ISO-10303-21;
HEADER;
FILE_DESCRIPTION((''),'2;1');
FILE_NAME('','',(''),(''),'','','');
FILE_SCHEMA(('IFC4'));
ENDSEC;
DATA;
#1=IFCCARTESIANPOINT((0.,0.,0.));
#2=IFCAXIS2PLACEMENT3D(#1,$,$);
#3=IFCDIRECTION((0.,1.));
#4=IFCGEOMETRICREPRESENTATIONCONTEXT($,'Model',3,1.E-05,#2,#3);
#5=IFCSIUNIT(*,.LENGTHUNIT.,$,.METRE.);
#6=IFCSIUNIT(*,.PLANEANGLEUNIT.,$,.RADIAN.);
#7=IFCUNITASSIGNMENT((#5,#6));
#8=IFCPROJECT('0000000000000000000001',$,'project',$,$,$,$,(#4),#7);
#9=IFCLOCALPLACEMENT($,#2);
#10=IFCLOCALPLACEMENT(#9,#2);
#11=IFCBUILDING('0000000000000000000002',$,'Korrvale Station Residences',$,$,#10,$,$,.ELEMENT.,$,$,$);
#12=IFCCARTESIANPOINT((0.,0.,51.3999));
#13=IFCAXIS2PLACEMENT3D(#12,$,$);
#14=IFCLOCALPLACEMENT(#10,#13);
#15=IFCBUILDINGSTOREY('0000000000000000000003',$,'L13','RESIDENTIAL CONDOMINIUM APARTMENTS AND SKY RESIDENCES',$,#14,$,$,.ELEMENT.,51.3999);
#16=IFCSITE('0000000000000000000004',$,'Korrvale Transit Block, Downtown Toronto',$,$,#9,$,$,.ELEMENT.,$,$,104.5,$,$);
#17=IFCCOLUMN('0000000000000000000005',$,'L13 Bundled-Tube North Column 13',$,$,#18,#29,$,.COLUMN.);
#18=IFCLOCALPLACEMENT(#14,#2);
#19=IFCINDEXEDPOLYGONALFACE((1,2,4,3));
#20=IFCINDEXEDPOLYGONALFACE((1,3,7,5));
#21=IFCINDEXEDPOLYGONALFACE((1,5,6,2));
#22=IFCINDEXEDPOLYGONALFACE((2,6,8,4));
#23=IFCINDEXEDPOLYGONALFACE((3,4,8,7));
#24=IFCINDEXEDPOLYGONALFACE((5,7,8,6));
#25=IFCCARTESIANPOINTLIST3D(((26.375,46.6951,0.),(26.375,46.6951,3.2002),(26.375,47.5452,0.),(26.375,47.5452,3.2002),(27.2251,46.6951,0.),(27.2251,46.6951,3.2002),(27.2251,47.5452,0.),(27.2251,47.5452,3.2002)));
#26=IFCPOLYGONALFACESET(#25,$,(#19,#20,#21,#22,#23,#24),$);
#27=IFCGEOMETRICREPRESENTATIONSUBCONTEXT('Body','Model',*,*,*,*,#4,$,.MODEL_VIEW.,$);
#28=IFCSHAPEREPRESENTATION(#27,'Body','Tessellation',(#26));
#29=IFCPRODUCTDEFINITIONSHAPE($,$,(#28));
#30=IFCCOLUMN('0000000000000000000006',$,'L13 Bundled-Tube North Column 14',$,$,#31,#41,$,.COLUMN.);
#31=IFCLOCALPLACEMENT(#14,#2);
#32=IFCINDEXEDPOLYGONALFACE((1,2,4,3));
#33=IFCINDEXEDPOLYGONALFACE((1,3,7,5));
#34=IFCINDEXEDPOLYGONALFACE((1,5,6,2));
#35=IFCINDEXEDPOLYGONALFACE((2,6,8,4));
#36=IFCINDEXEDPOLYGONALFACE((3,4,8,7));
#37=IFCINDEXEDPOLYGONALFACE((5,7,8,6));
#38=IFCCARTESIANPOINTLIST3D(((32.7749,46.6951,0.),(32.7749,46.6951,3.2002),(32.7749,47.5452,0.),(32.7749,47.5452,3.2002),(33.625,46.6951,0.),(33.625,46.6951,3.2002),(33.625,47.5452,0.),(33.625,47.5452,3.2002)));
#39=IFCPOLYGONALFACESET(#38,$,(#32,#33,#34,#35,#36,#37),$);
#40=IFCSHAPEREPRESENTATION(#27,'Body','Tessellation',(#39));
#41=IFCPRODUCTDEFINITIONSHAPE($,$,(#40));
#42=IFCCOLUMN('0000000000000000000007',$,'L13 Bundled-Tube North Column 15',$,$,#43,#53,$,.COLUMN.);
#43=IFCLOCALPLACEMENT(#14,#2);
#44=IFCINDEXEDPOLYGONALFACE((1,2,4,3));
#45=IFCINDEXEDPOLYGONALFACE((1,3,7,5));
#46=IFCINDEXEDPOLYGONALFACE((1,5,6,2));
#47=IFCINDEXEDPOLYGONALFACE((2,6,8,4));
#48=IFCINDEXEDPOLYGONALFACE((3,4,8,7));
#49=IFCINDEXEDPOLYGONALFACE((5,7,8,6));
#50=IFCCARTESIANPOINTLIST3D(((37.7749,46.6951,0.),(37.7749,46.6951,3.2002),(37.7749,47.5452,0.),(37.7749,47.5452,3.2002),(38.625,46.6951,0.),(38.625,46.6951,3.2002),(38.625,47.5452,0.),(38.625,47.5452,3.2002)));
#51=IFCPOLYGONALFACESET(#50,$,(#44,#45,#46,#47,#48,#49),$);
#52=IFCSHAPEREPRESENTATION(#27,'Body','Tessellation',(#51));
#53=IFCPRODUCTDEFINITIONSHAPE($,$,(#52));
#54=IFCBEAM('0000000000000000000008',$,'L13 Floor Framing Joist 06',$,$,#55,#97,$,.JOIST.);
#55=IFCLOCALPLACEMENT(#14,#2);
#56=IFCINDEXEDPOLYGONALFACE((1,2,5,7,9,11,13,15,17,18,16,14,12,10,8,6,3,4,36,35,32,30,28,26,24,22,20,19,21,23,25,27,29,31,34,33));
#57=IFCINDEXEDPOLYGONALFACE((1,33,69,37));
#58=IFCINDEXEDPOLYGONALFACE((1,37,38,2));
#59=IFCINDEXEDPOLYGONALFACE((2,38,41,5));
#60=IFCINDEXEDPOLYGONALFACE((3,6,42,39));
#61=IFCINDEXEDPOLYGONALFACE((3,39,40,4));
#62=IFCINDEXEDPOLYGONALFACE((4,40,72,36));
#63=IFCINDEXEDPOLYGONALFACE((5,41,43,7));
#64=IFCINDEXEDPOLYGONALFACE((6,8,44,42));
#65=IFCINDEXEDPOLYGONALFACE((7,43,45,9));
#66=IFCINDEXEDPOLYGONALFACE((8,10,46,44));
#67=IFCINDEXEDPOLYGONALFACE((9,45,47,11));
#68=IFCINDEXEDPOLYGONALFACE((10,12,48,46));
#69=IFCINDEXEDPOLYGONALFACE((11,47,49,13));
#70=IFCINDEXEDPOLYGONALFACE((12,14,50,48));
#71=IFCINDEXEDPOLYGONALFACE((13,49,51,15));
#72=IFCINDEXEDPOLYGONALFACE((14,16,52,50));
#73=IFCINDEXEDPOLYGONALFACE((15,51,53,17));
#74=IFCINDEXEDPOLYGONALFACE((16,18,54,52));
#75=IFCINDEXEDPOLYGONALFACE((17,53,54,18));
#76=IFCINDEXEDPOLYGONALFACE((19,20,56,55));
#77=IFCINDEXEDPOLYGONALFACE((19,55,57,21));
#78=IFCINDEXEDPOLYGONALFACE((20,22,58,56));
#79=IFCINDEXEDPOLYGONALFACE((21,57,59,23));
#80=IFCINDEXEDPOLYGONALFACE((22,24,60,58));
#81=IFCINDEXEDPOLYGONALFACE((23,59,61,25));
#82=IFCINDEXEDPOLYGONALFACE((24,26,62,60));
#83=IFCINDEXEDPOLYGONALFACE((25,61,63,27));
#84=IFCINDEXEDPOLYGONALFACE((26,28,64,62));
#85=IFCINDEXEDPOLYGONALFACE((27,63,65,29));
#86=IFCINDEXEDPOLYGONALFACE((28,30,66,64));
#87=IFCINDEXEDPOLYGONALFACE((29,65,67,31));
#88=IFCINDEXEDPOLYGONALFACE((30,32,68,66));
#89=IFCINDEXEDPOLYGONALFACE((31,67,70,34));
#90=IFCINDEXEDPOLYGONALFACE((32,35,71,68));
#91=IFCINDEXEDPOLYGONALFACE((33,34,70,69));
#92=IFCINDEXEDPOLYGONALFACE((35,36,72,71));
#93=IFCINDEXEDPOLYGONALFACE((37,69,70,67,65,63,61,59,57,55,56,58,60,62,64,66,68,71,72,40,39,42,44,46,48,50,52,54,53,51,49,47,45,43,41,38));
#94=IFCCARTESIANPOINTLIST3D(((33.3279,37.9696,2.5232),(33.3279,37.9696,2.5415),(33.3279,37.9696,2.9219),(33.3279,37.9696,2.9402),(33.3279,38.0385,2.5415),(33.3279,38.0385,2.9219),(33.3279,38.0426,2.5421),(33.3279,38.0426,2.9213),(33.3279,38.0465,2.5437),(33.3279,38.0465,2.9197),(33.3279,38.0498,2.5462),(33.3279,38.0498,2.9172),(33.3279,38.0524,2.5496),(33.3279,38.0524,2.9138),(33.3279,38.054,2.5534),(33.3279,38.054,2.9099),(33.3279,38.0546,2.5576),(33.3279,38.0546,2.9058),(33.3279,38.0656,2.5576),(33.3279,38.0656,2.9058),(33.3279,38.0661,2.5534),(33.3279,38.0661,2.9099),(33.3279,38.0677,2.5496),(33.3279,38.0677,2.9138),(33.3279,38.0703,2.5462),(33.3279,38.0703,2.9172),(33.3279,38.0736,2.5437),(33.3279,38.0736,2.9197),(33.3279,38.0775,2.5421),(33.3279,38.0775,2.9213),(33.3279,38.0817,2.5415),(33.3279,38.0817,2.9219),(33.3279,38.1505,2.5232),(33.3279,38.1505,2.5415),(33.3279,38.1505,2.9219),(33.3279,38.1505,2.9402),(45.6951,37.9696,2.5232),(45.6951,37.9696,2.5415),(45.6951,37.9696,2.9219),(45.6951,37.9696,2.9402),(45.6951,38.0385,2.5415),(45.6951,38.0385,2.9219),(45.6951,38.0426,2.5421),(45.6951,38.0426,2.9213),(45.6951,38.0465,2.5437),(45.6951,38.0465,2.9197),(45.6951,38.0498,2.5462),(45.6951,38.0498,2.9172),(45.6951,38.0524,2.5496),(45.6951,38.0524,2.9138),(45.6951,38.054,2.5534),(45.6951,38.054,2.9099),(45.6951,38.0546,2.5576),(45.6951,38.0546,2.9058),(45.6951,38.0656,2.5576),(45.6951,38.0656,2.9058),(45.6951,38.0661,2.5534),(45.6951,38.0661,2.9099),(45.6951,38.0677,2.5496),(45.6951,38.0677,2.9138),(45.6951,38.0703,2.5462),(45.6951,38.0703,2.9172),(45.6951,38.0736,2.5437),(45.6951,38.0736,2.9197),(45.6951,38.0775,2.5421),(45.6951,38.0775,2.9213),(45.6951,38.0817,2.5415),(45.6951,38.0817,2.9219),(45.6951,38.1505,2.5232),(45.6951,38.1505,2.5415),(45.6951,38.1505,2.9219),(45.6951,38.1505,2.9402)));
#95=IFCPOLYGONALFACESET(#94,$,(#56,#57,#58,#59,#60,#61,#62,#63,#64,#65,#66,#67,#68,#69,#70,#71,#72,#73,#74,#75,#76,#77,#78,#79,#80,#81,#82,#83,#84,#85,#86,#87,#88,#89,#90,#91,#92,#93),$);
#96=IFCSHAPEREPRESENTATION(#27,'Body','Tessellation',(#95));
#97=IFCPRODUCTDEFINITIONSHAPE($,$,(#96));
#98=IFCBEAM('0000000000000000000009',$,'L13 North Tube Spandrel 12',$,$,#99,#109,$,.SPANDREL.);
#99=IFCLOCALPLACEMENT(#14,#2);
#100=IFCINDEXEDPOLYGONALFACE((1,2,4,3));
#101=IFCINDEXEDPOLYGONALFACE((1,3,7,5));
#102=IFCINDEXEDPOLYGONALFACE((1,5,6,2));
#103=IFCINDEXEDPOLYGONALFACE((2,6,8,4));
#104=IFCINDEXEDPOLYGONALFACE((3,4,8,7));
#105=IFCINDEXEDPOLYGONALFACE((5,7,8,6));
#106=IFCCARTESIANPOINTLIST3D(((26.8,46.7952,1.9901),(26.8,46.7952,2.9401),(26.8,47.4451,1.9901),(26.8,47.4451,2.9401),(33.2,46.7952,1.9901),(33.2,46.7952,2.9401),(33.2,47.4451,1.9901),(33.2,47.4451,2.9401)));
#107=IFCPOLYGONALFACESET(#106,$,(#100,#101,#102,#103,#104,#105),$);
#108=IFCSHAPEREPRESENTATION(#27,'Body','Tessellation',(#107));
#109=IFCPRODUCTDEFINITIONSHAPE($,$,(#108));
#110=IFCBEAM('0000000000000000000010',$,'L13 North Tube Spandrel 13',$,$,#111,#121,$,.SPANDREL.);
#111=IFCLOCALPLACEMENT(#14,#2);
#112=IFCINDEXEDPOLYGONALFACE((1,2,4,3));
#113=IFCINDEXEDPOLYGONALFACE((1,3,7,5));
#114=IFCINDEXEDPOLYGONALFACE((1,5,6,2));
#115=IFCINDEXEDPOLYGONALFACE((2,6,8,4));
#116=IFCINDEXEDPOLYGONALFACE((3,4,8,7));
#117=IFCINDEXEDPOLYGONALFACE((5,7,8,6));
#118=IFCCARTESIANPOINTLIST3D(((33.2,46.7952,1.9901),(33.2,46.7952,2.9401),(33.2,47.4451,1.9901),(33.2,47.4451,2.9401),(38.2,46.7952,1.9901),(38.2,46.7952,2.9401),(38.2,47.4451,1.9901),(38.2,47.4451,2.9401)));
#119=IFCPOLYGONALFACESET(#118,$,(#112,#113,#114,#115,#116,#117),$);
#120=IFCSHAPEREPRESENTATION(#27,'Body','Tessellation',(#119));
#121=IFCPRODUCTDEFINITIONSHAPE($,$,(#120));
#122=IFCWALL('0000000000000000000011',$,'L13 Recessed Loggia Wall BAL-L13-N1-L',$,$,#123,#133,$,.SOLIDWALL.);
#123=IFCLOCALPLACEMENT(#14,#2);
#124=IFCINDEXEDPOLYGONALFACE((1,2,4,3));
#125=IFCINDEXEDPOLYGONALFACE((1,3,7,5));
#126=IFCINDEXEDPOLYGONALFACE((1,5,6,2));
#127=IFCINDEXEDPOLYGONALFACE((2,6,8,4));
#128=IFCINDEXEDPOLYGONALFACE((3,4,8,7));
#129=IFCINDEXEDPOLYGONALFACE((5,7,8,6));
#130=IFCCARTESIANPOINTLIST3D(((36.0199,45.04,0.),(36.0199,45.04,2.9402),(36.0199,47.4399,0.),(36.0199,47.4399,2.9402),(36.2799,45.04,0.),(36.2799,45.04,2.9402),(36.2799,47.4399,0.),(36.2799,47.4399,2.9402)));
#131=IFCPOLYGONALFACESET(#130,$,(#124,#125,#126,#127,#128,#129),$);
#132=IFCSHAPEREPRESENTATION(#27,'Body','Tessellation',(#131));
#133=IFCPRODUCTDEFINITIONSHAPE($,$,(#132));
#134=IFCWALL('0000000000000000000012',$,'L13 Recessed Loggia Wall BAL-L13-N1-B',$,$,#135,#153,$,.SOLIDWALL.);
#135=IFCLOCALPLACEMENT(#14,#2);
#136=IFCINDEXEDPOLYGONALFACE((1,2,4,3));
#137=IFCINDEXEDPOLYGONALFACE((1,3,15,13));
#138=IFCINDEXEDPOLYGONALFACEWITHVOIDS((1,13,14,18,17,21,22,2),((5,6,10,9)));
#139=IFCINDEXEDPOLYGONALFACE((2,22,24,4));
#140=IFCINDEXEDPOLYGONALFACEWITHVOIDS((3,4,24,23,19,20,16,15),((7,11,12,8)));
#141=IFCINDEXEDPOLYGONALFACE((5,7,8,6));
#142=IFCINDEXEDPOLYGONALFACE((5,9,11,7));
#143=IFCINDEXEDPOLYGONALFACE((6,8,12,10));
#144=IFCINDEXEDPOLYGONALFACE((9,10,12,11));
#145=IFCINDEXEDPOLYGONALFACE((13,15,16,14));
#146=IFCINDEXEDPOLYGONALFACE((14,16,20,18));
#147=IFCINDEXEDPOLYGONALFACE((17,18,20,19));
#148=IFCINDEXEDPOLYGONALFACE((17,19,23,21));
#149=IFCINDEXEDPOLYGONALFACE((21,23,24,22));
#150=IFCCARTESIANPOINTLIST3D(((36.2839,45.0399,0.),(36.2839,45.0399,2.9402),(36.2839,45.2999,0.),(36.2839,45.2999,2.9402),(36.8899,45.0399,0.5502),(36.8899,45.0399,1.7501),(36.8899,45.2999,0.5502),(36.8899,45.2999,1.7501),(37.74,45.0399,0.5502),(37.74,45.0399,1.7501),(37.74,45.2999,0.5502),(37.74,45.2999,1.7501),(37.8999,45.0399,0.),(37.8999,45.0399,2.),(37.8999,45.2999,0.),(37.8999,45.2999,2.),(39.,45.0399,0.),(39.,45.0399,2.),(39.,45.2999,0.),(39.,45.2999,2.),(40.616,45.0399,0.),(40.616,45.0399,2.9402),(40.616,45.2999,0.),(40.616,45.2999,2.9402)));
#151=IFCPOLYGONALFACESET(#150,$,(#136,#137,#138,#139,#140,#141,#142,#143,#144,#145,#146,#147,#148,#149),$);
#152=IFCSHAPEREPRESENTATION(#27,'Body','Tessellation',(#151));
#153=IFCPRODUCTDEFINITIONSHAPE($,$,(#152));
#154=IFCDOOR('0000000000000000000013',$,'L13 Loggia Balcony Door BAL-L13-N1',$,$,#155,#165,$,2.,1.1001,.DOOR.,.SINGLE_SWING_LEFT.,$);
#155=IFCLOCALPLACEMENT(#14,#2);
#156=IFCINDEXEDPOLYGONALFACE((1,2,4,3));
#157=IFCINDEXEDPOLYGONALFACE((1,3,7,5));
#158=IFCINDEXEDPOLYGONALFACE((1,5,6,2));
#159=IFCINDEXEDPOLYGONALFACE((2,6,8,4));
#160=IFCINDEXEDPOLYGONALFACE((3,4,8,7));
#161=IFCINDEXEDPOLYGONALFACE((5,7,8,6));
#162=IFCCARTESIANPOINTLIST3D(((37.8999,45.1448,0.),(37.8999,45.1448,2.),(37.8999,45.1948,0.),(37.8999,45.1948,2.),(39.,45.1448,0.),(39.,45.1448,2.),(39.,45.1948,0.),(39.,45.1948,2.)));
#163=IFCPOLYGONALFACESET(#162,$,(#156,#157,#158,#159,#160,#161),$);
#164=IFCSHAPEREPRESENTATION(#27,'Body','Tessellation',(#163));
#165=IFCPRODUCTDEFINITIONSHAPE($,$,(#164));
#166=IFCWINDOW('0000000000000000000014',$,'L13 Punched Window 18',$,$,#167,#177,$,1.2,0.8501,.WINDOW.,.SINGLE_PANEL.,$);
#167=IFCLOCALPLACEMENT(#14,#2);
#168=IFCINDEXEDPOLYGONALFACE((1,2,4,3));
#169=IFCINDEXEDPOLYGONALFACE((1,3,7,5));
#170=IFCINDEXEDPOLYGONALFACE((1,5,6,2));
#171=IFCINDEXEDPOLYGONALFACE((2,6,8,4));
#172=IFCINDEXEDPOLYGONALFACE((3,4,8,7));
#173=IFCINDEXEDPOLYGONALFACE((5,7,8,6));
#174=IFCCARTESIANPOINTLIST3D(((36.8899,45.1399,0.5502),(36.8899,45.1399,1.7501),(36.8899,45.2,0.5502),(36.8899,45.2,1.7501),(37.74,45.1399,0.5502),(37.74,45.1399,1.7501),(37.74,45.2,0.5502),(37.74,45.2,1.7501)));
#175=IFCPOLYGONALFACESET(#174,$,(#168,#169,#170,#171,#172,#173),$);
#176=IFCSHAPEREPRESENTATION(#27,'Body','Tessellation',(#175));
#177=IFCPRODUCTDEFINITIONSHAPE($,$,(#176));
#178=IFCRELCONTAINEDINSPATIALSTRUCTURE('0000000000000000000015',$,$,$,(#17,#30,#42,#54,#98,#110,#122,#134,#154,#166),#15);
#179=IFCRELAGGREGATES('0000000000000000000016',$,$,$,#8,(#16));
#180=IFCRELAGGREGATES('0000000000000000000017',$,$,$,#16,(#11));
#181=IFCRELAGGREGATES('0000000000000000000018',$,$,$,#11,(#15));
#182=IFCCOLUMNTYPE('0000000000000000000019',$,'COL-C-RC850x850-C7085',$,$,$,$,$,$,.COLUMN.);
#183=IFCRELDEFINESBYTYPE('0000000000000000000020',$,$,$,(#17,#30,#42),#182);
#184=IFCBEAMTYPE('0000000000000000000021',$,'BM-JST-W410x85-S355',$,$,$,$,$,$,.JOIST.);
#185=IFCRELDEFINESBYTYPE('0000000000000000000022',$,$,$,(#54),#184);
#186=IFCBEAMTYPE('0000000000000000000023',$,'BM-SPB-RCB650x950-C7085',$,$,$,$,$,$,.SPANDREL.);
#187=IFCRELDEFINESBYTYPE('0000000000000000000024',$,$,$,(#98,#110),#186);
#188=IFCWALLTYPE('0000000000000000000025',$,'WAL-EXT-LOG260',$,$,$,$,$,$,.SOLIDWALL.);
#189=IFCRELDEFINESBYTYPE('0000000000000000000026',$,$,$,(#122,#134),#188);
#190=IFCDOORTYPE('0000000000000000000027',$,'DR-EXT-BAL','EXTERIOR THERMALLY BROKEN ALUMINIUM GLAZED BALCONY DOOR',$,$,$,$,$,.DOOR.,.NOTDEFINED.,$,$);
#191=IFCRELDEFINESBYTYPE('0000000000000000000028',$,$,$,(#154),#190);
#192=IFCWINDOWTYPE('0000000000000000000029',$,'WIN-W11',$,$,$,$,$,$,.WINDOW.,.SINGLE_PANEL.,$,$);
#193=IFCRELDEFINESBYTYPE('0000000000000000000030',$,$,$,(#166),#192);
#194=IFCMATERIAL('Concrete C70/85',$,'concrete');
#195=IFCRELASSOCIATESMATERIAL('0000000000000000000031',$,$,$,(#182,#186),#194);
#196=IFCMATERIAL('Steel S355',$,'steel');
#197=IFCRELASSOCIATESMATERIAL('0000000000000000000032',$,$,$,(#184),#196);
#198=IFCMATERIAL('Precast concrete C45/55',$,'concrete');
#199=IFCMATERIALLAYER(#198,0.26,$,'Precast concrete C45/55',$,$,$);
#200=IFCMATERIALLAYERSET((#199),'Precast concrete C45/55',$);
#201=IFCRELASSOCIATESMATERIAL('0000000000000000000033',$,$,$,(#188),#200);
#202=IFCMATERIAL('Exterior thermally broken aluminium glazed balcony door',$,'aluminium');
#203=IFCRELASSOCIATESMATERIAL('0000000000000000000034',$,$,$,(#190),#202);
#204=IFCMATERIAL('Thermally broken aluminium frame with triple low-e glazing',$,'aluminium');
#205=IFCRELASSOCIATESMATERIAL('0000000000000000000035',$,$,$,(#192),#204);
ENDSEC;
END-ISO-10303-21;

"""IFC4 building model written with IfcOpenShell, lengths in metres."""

from ifc_helpers import new_model, si_unit, direction, frame, frame_2d, origin, origin_2d, place, context, subcontext, project, spatial, rectangle, i_section, extrude, material, layer, layer_set, material_profile, profile_set, type_object, element, fill, save


model = new_model("IFC4")

# Units and contexts
model_context = context("Model", 3, precision=1e-05, world=origin(), true_north=direction((0.0, 1.0)))
body_context = subcontext(model_context, "Body", "Model", "MODEL_VIEW")
ifc_project = project(units=[si_unit("LENGTHUNIT", "METRE"), si_unit("PLANEANGLEUNIT", "RADIAN")], contexts=[model_context])

# Site, building, storey
site_placement = place(None, origin())
site = spatial("IfcSite", under=ifc_project, at=site_placement, Name="Korrvale Transit Block, Downtown Toronto", CompositionType="ELEMENT", RefElevation=104.5)
building_placement = place(site_placement, origin())
building = spatial("IfcBuilding", under=site, at=building_placement, Name="Korrvale Station Residences", CompositionType="ELEMENT")
storey_placement = place(building_placement, frame((0.0, 0.0, 51.3999)))
storey = spatial("IfcBuildingStorey", under=building, at=storey_placement, Name="L13", Description="RESIDENTIAL CONDOMINIUM APARTMENTS AND SKY RESIDENCES", CompositionType="ELEMENT", Elevation=51.3999)

# Columns
ifc_material_1 = material(Name="Concrete C70/85", Category="concrete")
ifc_material_profile_1 = material_profile(ifc_material_1, rectangle(XDim=0.8501, YDim=0.8501, at=origin_2d()), Name="RC850x850")
ifc_profile_set_1 = profile_set([ifc_material_profile_1], Name="Concrete C70/85")
column_type = type_object("IfcColumnType", Name="COL-C-RC850x850-C7085", PredefinedType="COLUMN", material=ifc_profile_set_1)
for number, where, z_axis, x_axis, name in (
    (1, (26.8, 47.1201, 0.0), (0.0, 0.0, 1.0), (1.0, 0.0, 0.0), "L13 Bundled-Tube North Column 13"),
    (2, (33.2, 47.1201, 0.0), (0.0, 0.0, 1.0), (1.0, 0.0, 0.0), "L13 Bundled-Tube North Column 14"),
    (3, (38.2, 47.1201, 0.0), (0.0, 0.0, 1.0), (1.0, 0.0, 0.0), "L13 Bundled-Tube North Column 15"),
):
    element("IfcColumn", number, at=place(storey_placement, frame(where, z_axis=z_axis, x_axis=x_axis)), inside=storey, type_object=column_type, Name=name, PredefinedType="COLUMN", context=body_context, shape_type="SweptSolid", body=[
        extrude(rectangle(XDim=0.8501, YDim=0.8501, at=origin_2d()), origin(), (0.0, 0.0, 1.0), 3.2002),
    ])

# Beams
ifc_material_2 = material(Name="Steel S355", Category="steel")
ifc_material_profile_2 = material_profile(ifc_material_2, i_section(OverallWidth=0.1809, OverallDepth=0.417, WebThickness=0.011, FlangeThickness=0.0183, FilletRadius=0.0161, at=origin_2d()), Name="W410x85")
ifc_profile_set_2 = profile_set([ifc_material_profile_2], Name="Steel S355")
beam_type_1 = type_object("IfcBeamType", Name="BM-JST-W410x85-S355", PredefinedType="JOIST", material=ifc_profile_set_2)
beam_1_placement = place(storey_placement, frame((33.3279, 38.0601, 2.7317), z_axis=(1.0, 0.0, 0.0), x_axis=(0.0, 1.0, 0.0)))
element("IfcBeam", 4, at=beam_1_placement, inside=storey, type_object=beam_type_1, Name="L13 Floor Framing Joist 06", PredefinedType="JOIST", context=body_context, shape_type="SweptSolid", body=[
    extrude(i_section(OverallWidth=0.1809, OverallDepth=0.417, WebThickness=0.011, FlangeThickness=0.0183, FilletRadius=0.0161, at=origin_2d()), origin(), (0.0, 0.0, 1.0), 12.3672),
])
ifc_material_profile_3 = material_profile(ifc_material_1, rectangle(XDim=0.6499, YDim=0.95, at=origin_2d()), Name="RCB650x950")
ifc_profile_set_3 = profile_set([ifc_material_profile_3], Name="Concrete C70/85")
beam_type_2 = type_object("IfcBeamType", Name="BM-SPB-RCB650x950-C7085", PredefinedType="SPANDREL", material=ifc_profile_set_3)
beam_2_placement = place(storey_placement, frame((26.8, 47.1201, 2.4651), z_axis=(1.0, 0.0, 0.0), x_axis=(0.0, 1.0, 0.0)))
element("IfcBeam", 5, at=beam_2_placement, inside=storey, type_object=beam_type_2, Name="L13 North Tube Spandrel 12", PredefinedType="SPANDREL", context=body_context, shape_type="SweptSolid", body=[
    extrude(rectangle(XDim=0.6499, YDim=0.95, at=origin_2d()), origin(), (0.0, 0.0, 1.0), 6.3999),
])
beam_3_placement = place(storey_placement, frame((33.2, 47.1201, 2.4651), z_axis=(1.0, 0.0, 0.0), x_axis=(0.0, 1.0, 0.0)))
element("IfcBeam", 6, at=beam_3_placement, inside=storey, type_object=beam_type_2, Name="L13 North Tube Spandrel 13", PredefinedType="SPANDREL", context=body_context, shape_type="SweptSolid", body=[
    extrude(rectangle(XDim=0.6499, YDim=0.95, at=origin_2d()), origin(), (0.0, 0.0, 1.0), 5.0),
])

# Wall
ifc_material_3 = material(Name="Precast concrete C45/55", Category="concrete")
ifc_layer_1 = layer(ifc_material_3, 0.26, Name="Precast concrete C45/55")
ifc_layer_set_1 = layer_set([ifc_layer_1], Name="Precast concrete C45/55")
wall_type = type_object("IfcWallType", Name="WAL-EXT-LOG260", PredefinedType="SOLIDWALL", material=ifc_layer_set_1)
wall_1_placement = place(storey_placement, frame((36.1499, 47.4399, 0.0), z_axis=(0.0, 0.0, 1.0), x_axis=(0.0, -1.0, 0.0)))
element("IfcWall", 7, at=wall_1_placement, inside=storey, type_object=wall_type, Name="L13 Recessed Loggia Wall BAL-L13-N1-L", PredefinedType="SOLIDWALL", context=body_context, shape_type="SweptSolid", body=[
    extrude(rectangle(XDim=2.3999, YDim=0.26, at=frame_2d((1.2, 0.0))), origin(), (0.0, 0.0, 1.0), 2.9402),
])

# Wall, openings, door, window
wall_2_placement = place(storey_placement, frame((36.2839, 45.1699, 0.0), z_axis=(0.0, 0.0, 1.0), x_axis=(1.0, 0.0, 0.0)))
wall_2 = element("IfcWall", 8, at=wall_2_placement, inside=storey, type_object=wall_type, Name="L13 Recessed Loggia Wall BAL-L13-N1-B", PredefinedType="SOLIDWALL", context=body_context, shape_type="SweptSolid", body=[
    extrude(rectangle(XDim=4.332, YDim=0.26, at=frame_2d((2.166, 0.0))), origin(), (0.0, 0.0, 1.0), 2.9402),
])
opening_1_placement = place(wall_2_placement, frame((1.616, 0.0, 0.0)))
opening_1 = element("IfcOpeningElement", 9, at=opening_1_placement, cuts=wall_2, PredefinedType="OPENING", context=body_context, shape_type="SweptSolid", body=[
    extrude(rectangle(XDim=1.1001, YDim=2.0, at=frame_2d((0.55, 1.0))), frame((0.0, 0.1401, 0.0), z_axis=(0.0, -1.0, 0.0), x_axis=(1.0, 0.0, 0.0)), (0.0, 0.0, 1.0), 0.28),
])
opening_2_placement = place(wall_2_placement, frame((0.606, 0.0, 0.55)))
opening_2 = element("IfcOpeningElement", 10, at=opening_2_placement, cuts=wall_2, PredefinedType="OPENING", context=body_context, shape_type="SweptSolid", body=[
    extrude(rectangle(XDim=0.8501, YDim=1.2, at=frame_2d((0.425, 0.6001))), frame((0.0, 0.1401, 0.0), z_axis=(0.0, -1.0, 0.0), x_axis=(1.0, 0.0, 0.0)), (0.0, 0.0, 1.0), 0.28),
])
ifc_material_4 = material(Name="Exterior thermally broken aluminium glazed balcony door", Category="aluminium")
door_type = type_object("IfcDoorType", Name="DR-EXT-BAL", Description="EXTERIOR THERMALLY BROKEN ALUMINIUM GLAZED BALCONY DOOR", OperationType="NOTDEFINED", PredefinedType="DOOR", material=ifc_material_4)
door_placement = place(opening_1_placement, origin())
door = element("IfcDoor", 11, at=door_placement, inside=storey, type_object=door_type, Name="L13 Loggia Balcony Door BAL-L13-N1", OperationType="SINGLE_SWING_LEFT", OverallHeight=2.0, OverallWidth=1.1001, PredefinedType="DOOR", context=body_context, shape_type="SweptSolid", body=[
    extrude(rectangle(XDim=1.1001, YDim=2.0, at=frame_2d((0.55, 1.0))), frame((0.0, 0.0249, 0.0), z_axis=(0.0, -1.0, 0.0), x_axis=(1.0, 0.0, 0.0)), (0.0, 0.0, 1.0), 0.05),
])
fill(opening_1, door)
ifc_material_5 = material(Name="Thermally broken aluminium frame with triple low-e glazing", Category="aluminium")
window_type = type_object("IfcWindowType", Name="WIN-W11", PartitioningType="SINGLE_PANEL", PredefinedType="WINDOW", material=ifc_material_5)
window_placement = place(opening_2_placement, origin())
window = element("IfcWindow", 12, at=window_placement, inside=storey, type_object=window_type, Name="L13 Punched Window 18", OverallHeight=1.2, OverallWidth=0.8501, PartitioningType="SINGLE_PANEL", PredefinedType="WINDOW", context=body_context, shape_type="SweptSolid", body=[
    extrude(rectangle(XDim=0.8501, YDim=1.2, at=frame_2d((0.425, 0.6001))), frame((0.0, 0.03, 0.0), z_axis=(0.0, -1.0, 0.0), x_axis=(1.0, 0.0, 0.0)), (0.0, 0.0, 1.0), 0.0601),
])
fill(opening_2, window)

save(model, "model.ifc")
